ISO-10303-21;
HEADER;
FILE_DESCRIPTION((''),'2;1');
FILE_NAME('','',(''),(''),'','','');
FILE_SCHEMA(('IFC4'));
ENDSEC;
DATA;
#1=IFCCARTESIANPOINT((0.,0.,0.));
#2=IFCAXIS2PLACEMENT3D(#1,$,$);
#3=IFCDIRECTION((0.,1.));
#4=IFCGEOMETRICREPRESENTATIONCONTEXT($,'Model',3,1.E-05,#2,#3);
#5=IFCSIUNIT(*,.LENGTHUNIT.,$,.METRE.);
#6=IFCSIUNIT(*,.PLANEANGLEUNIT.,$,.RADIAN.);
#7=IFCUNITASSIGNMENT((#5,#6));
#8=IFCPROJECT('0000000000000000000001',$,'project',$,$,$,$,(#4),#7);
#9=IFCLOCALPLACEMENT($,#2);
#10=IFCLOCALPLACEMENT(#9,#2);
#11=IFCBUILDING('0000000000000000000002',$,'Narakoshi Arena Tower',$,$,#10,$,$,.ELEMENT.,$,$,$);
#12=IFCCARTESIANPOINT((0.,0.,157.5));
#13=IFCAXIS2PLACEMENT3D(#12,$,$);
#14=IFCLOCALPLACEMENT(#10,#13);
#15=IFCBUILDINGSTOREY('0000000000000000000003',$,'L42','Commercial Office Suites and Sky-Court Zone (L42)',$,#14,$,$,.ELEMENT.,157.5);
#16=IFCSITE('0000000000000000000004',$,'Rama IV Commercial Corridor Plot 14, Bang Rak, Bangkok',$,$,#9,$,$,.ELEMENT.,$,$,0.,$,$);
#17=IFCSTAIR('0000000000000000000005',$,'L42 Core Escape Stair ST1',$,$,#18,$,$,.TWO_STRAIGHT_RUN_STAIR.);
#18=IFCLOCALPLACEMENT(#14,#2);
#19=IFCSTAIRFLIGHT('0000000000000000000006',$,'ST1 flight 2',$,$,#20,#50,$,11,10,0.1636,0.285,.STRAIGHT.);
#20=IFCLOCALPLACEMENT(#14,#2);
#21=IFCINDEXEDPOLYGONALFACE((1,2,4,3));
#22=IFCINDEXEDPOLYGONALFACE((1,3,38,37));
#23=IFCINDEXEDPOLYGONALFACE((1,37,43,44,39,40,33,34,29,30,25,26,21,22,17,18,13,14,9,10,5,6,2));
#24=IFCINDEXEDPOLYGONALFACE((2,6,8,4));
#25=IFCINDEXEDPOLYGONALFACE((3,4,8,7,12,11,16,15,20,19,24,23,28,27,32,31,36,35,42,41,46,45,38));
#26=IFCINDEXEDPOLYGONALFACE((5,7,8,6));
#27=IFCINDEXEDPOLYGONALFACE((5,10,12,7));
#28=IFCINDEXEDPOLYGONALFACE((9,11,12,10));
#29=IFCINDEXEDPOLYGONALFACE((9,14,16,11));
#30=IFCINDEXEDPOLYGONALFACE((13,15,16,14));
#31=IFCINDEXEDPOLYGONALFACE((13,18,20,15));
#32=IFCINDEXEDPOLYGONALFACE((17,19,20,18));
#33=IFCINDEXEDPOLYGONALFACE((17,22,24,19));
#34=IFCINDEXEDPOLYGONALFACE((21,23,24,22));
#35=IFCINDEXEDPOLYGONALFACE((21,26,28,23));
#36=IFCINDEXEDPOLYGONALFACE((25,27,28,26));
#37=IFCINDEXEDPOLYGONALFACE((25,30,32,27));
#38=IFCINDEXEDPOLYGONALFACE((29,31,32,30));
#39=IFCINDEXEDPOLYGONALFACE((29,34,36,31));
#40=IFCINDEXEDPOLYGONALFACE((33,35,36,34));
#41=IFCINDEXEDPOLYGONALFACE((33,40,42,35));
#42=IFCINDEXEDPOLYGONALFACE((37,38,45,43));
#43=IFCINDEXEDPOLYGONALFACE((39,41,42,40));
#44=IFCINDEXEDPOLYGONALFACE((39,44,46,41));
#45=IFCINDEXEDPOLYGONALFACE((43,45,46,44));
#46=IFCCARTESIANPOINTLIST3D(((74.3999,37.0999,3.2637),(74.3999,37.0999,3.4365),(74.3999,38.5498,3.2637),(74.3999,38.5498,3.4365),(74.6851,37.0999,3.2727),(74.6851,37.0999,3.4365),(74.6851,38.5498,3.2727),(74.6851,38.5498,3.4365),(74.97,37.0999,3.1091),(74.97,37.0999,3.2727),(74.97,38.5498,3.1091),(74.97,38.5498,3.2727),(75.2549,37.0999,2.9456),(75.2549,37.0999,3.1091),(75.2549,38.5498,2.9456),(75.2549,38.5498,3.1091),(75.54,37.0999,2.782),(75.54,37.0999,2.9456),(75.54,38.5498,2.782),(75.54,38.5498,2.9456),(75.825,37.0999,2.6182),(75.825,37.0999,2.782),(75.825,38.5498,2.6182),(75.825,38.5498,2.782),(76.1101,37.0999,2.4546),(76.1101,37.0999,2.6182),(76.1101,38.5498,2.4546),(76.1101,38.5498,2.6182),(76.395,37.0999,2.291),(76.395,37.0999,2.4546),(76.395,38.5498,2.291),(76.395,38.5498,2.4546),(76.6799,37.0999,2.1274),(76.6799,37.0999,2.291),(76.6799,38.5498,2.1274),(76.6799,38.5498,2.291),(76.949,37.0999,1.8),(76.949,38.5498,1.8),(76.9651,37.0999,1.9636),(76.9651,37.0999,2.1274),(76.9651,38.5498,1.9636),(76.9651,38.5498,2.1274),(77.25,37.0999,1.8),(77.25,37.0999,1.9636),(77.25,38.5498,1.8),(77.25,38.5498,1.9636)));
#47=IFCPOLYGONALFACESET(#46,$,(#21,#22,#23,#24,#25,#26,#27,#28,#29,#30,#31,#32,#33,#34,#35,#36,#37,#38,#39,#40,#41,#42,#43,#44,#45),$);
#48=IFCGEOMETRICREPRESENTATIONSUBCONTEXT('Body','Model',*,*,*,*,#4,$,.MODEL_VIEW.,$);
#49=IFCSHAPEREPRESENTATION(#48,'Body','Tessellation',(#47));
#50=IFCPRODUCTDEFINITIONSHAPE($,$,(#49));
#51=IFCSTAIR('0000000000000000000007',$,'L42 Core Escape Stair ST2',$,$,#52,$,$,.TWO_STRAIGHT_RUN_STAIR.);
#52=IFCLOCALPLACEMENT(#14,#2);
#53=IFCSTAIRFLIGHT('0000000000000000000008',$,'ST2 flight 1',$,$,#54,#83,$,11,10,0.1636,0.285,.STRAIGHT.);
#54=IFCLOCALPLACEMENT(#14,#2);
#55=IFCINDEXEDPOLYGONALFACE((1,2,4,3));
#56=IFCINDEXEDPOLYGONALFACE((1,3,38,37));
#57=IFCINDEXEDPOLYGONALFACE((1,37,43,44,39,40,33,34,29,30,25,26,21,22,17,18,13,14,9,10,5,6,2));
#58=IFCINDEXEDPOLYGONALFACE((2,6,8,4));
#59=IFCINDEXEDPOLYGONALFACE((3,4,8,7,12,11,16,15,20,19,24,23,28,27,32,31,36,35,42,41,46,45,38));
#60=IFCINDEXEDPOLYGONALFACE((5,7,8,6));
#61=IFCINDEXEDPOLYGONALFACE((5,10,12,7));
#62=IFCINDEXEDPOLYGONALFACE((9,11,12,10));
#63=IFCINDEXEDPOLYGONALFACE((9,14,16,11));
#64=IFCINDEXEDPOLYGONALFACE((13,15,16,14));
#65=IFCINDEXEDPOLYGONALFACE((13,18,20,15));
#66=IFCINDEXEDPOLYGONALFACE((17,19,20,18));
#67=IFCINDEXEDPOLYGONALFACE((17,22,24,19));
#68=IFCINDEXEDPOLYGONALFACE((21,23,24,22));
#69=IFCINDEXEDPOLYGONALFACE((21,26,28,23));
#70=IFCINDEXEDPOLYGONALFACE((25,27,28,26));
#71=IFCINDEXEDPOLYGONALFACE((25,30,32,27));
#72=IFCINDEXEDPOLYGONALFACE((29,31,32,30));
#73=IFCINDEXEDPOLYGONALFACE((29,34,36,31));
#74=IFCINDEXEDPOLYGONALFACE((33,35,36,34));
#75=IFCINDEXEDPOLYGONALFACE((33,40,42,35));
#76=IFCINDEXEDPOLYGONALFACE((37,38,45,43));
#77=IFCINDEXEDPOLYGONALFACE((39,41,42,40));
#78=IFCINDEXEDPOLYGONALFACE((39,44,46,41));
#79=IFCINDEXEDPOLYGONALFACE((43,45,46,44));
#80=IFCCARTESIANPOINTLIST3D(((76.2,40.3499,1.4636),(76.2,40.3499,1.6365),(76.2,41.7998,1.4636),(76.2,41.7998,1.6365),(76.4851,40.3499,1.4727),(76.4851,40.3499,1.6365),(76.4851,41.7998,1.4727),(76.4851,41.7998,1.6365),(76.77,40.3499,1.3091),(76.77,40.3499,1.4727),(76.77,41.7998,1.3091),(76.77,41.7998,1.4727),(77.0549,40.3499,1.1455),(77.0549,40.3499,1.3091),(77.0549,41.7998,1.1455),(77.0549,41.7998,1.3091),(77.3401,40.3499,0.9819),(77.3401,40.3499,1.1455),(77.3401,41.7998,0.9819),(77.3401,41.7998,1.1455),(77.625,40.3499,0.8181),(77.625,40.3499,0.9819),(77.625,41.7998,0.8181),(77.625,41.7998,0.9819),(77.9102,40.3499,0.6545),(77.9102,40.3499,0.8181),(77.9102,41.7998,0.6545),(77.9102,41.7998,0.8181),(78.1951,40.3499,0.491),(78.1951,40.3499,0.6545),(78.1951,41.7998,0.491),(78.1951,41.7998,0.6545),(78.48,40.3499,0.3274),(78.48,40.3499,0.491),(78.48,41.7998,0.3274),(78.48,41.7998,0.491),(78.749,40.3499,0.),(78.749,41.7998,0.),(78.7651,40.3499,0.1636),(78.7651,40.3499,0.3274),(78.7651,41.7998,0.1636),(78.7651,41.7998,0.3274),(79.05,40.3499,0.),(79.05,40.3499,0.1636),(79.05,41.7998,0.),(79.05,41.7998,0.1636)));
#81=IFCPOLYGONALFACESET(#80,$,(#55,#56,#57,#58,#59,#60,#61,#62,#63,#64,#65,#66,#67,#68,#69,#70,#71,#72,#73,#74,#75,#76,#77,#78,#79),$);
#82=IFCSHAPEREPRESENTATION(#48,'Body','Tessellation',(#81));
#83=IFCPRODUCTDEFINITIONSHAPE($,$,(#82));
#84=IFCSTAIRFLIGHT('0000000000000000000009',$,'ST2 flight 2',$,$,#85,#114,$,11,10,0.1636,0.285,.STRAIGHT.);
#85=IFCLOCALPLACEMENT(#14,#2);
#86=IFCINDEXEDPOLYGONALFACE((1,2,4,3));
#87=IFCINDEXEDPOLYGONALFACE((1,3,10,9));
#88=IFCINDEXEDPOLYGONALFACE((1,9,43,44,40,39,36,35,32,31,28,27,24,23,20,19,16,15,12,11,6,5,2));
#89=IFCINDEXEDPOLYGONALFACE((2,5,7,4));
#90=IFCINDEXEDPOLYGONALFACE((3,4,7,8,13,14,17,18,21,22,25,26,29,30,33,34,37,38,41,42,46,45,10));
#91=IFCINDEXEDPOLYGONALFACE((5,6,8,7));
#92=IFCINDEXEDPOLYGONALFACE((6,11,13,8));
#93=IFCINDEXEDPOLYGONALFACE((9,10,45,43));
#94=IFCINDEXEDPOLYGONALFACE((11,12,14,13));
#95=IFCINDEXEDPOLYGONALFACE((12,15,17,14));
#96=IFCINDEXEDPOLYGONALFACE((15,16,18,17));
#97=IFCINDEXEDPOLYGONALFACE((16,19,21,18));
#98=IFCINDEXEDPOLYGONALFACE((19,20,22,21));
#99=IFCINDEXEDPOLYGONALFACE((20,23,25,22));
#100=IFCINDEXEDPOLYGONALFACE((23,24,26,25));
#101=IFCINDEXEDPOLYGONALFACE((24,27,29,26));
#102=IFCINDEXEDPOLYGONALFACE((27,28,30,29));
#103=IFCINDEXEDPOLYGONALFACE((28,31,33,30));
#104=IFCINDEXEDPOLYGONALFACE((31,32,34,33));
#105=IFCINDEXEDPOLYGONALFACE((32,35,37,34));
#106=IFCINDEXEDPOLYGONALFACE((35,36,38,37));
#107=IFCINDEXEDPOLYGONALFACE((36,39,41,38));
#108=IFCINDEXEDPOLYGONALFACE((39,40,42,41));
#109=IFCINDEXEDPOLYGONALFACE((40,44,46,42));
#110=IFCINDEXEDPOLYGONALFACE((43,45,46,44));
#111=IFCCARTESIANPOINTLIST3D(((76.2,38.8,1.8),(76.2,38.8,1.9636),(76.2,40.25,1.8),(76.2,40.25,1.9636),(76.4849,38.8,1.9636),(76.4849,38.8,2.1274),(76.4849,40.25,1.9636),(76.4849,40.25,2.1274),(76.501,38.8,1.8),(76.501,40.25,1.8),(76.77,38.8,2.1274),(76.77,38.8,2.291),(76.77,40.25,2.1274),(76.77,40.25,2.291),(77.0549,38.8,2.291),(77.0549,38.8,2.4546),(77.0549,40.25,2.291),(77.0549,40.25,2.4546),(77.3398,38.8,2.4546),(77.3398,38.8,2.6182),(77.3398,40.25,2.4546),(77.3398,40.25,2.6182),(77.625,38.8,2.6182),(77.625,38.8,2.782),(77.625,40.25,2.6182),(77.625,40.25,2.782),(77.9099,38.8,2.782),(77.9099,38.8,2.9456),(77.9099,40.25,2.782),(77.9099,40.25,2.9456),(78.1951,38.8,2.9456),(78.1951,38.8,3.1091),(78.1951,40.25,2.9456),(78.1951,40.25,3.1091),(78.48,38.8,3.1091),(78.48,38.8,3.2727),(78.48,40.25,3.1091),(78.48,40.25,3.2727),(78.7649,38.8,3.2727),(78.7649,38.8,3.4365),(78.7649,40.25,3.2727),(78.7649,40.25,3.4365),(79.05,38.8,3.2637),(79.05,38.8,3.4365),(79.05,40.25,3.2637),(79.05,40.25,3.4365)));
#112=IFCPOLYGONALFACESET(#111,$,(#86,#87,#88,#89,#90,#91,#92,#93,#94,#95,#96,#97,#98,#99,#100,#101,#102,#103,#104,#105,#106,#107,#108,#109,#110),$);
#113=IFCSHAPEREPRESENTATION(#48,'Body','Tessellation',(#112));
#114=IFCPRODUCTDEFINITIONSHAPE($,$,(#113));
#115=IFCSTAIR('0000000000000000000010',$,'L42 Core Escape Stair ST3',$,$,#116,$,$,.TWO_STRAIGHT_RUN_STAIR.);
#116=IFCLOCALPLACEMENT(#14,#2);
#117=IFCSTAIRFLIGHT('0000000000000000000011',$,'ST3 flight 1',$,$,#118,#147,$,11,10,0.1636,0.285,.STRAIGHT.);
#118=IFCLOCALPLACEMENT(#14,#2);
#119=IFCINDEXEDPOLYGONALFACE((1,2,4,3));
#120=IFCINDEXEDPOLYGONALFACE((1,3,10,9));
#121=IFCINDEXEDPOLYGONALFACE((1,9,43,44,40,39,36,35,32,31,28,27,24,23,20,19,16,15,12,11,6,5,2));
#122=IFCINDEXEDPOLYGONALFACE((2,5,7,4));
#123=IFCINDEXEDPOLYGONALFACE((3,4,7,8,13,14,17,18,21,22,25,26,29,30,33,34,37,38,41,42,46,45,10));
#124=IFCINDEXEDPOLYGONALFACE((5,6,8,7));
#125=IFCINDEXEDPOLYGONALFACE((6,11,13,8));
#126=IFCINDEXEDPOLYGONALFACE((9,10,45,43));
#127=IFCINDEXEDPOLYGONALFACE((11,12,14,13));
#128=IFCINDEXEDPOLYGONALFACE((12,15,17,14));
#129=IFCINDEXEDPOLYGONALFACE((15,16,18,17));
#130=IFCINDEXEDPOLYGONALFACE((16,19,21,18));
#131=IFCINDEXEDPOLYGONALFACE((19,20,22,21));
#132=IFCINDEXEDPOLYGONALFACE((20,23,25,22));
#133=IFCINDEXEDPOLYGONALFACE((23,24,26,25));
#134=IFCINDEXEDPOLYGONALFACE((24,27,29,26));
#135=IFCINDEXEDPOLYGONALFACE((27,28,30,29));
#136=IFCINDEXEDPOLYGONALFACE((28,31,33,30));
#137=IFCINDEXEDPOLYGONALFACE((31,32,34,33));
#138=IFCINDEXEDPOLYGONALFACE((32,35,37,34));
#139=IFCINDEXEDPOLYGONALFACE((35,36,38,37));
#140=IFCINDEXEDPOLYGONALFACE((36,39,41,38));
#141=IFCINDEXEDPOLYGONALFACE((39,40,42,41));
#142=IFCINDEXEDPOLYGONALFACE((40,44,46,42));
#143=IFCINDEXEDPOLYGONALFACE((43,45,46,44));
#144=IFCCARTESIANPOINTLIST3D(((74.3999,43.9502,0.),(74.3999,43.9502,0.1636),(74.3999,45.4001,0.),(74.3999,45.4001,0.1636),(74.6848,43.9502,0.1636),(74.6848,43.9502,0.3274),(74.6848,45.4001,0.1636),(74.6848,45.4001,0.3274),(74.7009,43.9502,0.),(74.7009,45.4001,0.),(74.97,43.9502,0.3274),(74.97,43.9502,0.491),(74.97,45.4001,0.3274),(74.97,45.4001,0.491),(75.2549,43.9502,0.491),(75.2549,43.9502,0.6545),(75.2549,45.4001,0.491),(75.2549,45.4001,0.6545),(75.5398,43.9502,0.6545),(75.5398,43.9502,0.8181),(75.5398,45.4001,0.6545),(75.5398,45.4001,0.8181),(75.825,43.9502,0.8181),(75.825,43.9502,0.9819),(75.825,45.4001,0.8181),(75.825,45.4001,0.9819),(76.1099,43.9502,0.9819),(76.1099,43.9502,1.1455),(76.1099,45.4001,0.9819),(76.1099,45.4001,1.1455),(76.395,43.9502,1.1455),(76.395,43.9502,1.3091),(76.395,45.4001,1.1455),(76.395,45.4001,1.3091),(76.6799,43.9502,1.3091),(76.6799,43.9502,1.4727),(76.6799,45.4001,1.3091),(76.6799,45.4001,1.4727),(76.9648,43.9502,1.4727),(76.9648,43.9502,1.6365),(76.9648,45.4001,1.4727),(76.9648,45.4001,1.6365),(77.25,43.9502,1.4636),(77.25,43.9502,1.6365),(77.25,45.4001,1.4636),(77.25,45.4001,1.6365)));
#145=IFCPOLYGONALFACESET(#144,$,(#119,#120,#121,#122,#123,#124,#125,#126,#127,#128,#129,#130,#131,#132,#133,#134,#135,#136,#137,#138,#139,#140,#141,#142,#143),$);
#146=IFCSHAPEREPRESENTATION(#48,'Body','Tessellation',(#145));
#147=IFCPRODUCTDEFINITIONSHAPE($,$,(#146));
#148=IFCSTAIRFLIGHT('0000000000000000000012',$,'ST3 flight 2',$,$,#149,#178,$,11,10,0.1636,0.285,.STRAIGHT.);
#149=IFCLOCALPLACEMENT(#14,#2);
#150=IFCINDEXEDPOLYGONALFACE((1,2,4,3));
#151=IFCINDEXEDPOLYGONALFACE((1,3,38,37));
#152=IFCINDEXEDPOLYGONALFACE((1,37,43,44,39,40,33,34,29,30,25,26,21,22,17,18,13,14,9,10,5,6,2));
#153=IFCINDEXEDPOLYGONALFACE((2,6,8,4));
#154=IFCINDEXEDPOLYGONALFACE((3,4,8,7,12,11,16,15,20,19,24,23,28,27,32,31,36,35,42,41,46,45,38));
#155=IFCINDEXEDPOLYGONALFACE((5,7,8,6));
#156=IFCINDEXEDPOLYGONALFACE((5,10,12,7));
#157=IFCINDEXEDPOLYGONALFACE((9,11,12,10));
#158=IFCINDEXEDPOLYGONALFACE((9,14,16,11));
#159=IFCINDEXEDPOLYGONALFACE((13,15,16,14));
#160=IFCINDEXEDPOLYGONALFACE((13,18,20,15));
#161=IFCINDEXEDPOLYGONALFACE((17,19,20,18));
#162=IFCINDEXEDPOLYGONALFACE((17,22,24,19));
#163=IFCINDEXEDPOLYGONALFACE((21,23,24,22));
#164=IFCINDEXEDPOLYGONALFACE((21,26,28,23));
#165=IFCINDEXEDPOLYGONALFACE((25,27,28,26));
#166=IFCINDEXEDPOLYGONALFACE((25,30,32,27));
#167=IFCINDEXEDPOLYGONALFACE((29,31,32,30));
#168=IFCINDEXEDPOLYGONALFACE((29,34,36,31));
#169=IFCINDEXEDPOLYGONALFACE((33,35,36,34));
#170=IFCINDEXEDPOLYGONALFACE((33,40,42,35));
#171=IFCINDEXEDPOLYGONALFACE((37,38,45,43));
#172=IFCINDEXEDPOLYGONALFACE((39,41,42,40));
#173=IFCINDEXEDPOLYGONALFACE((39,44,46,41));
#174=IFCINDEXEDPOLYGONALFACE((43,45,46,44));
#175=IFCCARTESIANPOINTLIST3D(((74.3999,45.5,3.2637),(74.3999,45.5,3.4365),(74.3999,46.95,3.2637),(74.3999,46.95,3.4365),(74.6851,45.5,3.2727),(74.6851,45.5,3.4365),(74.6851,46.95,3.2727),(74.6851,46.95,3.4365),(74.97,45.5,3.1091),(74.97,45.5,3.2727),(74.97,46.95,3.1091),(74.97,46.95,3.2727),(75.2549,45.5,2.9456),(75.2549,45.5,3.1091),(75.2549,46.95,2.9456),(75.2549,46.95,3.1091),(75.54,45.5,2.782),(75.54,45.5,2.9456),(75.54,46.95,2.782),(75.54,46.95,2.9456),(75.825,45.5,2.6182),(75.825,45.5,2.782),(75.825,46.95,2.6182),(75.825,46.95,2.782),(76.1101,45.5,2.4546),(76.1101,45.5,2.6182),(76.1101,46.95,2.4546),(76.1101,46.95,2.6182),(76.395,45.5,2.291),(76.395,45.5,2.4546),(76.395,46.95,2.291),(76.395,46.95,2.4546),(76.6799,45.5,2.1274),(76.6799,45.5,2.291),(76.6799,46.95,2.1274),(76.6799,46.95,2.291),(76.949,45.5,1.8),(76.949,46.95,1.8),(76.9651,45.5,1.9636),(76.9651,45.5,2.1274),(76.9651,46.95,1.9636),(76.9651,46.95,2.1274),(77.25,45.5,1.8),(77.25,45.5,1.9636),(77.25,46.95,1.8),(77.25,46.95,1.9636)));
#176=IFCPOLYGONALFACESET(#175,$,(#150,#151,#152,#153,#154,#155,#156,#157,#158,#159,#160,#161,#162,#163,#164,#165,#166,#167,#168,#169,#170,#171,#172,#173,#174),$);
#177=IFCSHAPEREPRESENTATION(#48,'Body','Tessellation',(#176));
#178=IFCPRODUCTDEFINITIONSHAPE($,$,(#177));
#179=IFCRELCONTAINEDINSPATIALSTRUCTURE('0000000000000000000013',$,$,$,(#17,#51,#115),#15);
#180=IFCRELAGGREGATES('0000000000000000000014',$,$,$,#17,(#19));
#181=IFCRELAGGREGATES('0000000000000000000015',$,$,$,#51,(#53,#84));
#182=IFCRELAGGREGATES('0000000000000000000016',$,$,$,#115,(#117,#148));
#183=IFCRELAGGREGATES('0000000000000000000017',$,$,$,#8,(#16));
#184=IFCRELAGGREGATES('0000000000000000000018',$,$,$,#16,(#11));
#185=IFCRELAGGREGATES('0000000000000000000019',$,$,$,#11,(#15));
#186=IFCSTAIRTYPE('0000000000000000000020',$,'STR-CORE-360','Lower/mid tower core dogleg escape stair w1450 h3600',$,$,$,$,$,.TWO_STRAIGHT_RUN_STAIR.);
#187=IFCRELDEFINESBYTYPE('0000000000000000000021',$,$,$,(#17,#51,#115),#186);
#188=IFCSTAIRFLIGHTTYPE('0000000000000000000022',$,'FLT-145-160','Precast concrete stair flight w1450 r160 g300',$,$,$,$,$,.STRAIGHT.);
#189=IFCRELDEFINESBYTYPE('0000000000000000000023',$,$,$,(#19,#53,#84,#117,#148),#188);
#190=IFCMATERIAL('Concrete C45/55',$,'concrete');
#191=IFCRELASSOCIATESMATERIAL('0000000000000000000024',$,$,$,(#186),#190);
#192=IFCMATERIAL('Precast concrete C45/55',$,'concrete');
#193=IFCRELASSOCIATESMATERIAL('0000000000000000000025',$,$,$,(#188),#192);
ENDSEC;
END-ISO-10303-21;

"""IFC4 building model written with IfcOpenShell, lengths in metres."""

from ifc_helpers import new_model, si_unit, direction, frame, origin, place, context, subcontext, project, spatial, polyline, outline, extrude, material, type_object, element, aggregate, save


model = new_model("IFC4")

# Units and contexts
model_context = context("Model", 3, precision=1e-05, world=origin(), true_north=direction((0.0, 1.0)))
body_context = subcontext(model_context, "Body", "Model", "MODEL_VIEW")
ifc_project = project(units=[si_unit("LENGTHUNIT", "METRE"), si_unit("PLANEANGLEUNIT", "RADIAN")], contexts=[model_context])

# Site, building, storey
site_placement = place(None, origin())
site = spatial("IfcSite", under=ifc_project, at=site_placement, Name="Rama IV Commercial Corridor Plot 14, Bang Rak, Bangkok", CompositionType="ELEMENT", RefElevation=0.0)
building_placement = place(site_placement, origin())
building = spatial("IfcBuilding", under=site, at=building_placement, Name="Narakoshi Arena Tower", CompositionType="ELEMENT")
storey_placement = place(building_placement, frame((0.0, 0.0, 157.5)))
storey = spatial("IfcBuildingStorey", under=building, at=storey_placement, Name="L42", Description="Commercial Office Suites and Sky-Court Zone (L42)", CompositionType="ELEMENT", Elevation=157.5)

# Stairs, stair flights
ifc_material_1 = material(Name="Concrete C45/55", Category="concrete")
stair_type = type_object("IfcStairType", Name="STR-CORE-360", Description="Lower/mid tower core dogleg escape stair w1450 h3600", PredefinedType="TWO_STRAIGHT_RUN_STAIR", material=ifc_material_1)
stair_1_placement = place(storey_placement, origin())
stair_1 = element("IfcStair", 1, at=stair_1_placement, inside=storey, type_object=stair_type, Name="L42 Core Escape Stair ST1", PredefinedType="TWO_STRAIGHT_RUN_STAIR")
ifc_material_2 = material(Name="Precast concrete C45/55", Category="concrete")
stair_flight_type = type_object("IfcStairFlightType", Name="FLT-145-160", Description="Precast concrete stair flight w1450 r160 g300", PredefinedType="STRAIGHT", material=ifc_material_2)
stair_flight_1_placement = place(storey_placement, frame((77.25, 37.825, 1.8), z_axis=(0.0, 0.0, 1.0), x_axis=(-1.0, 0.0, 0.0)))
stair_flight_1 = element("IfcStairFlight", 2, at=stair_flight_1_placement, type_object=stair_flight_type, Name="ST1 flight 2", NumberOfRisers=11, NumberOfTreads=10, PredefinedType="STRAIGHT", RiserHeight=0.1636, TreadLength=0.285, context=body_context, shape_type="SweptSolid", body=[
    extrude(outline(polyline([(0.0, 0.0), (0.0, 0.1636), (0.2849, 0.1636), (0.2849, 0.3274), (0.5701, 0.3274), (0.5701, 0.491), (0.855, 0.491), (0.855, 0.6545), (1.1399, 0.6545), (1.1399, 0.8181), (1.425, 0.8181), (1.425, 0.9819), (1.71, 0.9819), (1.71, 1.1455), (1.9951, 1.1455), (1.9951, 1.3091), (2.28, 1.3091), (2.28, 1.4727), (2.5649, 1.4727), (2.5649, 1.6365), (2.8501, 1.6365), (2.8501, 1.8), (2.8501, 1.4636), (0.301, 0.0), (0.0, 0.0)])), frame((0.0, 0.7251, 0.0), z_axis=(0.0, -1.0, 0.0), x_axis=(1.0, 0.0, 0.0)), (0.0, 0.0, 1.0), 1.45),
])
aggregate(stair_1, [stair_flight_1])
stair_2_placement = place(storey_placement, origin())
stair_2 = element("IfcStair", 3, at=stair_2_placement, inside=storey, type_object=stair_type, Name="L42 Core Escape Stair ST2", PredefinedType="TWO_STRAIGHT_RUN_STAIR")
stair_flight_2_placement = place(storey_placement, frame((79.05, 41.075, 0.0), z_axis=(0.0, 0.0, 1.0), x_axis=(-1.0, 0.0, 0.0)))
stair_flight_2 = element("IfcStairFlight", 4, at=stair_flight_2_placement, type_object=stair_flight_type, Name="ST2 flight 1", NumberOfRisers=11, NumberOfTreads=10, PredefinedType="STRAIGHT", RiserHeight=0.1636, TreadLength=0.285, context=body_context, shape_type="SweptSolid", body=[
    extrude(outline(polyline([(0.0, 0.0), (0.0, 0.1636), (0.2849, 0.1636), (0.2849, 0.3274), (0.5701, 0.3274), (0.5701, 0.491), (0.855, 0.491), (0.855, 0.6545), (1.1399, 0.6545), (1.1399, 0.8181), (1.425, 0.8181), (1.425, 0.9819), (1.71, 0.9819), (1.71, 1.1455), (1.9951, 1.1455), (1.9951, 1.3091), (2.28, 1.3091), (2.28, 1.4727), (2.5649, 1.4727), (2.5649, 1.6365), (2.8501, 1.6365), (2.8501, 1.8), (2.8501, 1.4636), (0.301, 0.0), (0.0, 0.0)])), frame((0.0, 0.7251, 0.0), z_axis=(0.0, -1.0, 0.0), x_axis=(1.0, 0.0, 0.0)), (0.0, 0.0, 1.0), 1.45),
])
stair_flight_3_placement = place(storey_placement, frame((76.2, 39.5249, 1.8), z_axis=(0.0, 0.0, 1.0), x_axis=(1.0, 0.0, 0.0)))
stair_flight_3 = element("IfcStairFlight", 5, at=stair_flight_3_placement, type_object=stair_flight_type, Name="ST2 flight 2", NumberOfRisers=11, NumberOfTreads=10, PredefinedType="STRAIGHT", RiserHeight=0.1636, TreadLength=0.285, context=body_context, shape_type="SweptSolid", body=[
    extrude(outline(polyline([(0.0, 0.0), (0.0, 0.1636), (0.2849, 0.1636), (0.2849, 0.3274), (0.5701, 0.3274), (0.5701, 0.491), (0.855, 0.491), (0.855, 0.6545), (1.1399, 0.6545), (1.1399, 0.8181), (1.425, 0.8181), (1.425, 0.9819), (1.71, 0.9819), (1.71, 1.1455), (1.9951, 1.1455), (1.9951, 1.3091), (2.28, 1.3091), (2.28, 1.4727), (2.5649, 1.4727), (2.5649, 1.6365), (2.8501, 1.6365), (2.8501, 1.8), (2.8501, 1.4636), (0.301, 0.0), (0.0, 0.0)])), frame((0.0, 0.7251, 0.0), z_axis=(0.0, -1.0, 0.0), x_axis=(1.0, 0.0, 0.0)), (0.0, 0.0, 1.0), 1.45),
])
aggregate(stair_2, [stair_flight_2, stair_flight_3])
stair_3_placement = place(storey_placement, origin())
stair_3 = element("IfcStair", 6, at=stair_3_placement, inside=storey, type_object=stair_type, Name="L42 Core Escape Stair ST3", PredefinedType="TWO_STRAIGHT_RUN_STAIR")
stair_flight_4_placement = place(storey_placement, frame((74.3999, 44.675, 0.0), z_axis=(0.0, 0.0, 1.0), x_axis=(1.0, 0.0, 0.0)))
stair_flight_4 = element("IfcStairFlight", 7, at=stair_flight_4_placement, type_object=stair_flight_type, Name="ST3 flight 1", NumberOfRisers=11, NumberOfTreads=10, PredefinedType="STRAIGHT", RiserHeight=0.1636, TreadLength=0.285, context=body_context, shape_type="SweptSolid", body=[
    extrude(outline(polyline([(0.0, 0.0), (0.0, 0.1636), (0.2849, 0.1636), (0.2849, 0.3274), (0.5701, 0.3274), (0.5701, 0.491), (0.855, 0.491), (0.855, 0.6545), (1.1399, 0.6545), (1.1399, 0.8181), (1.425, 0.8181), (1.425, 0.9819), (1.71, 0.9819), (1.71, 1.1455), (1.9951, 1.1455), (1.9951, 1.3091), (2.28, 1.3091), (2.28, 1.4727), (2.5649, 1.4727), (2.5649, 1.6365), (2.8501, 1.6365), (2.8501, 1.8), (2.8501, 1.4636), (0.301, 0.0), (0.0, 0.0)])), frame((0.0, 0.7251, 0.0), z_axis=(0.0, -1.0, 0.0), x_axis=(1.0, 0.0, 0.0)), (0.0, 0.0, 1.0), 1.45),
])
stair_flight_5_placement = place(storey_placement, frame((77.25, 46.2251, 1.8), z_axis=(0.0, 0.0, 1.0), x_axis=(-1.0, 0.0, 0.0)))
stair_flight_5 = element("IfcStairFlight", 8, at=stair_flight_5_placement, type_object=stair_flight_type, Name="ST3 flight 2", NumberOfRisers=11, NumberOfTreads=10, PredefinedType="STRAIGHT", RiserHeight=0.1636, TreadLength=0.285, context=body_context, shape_type="SweptSolid", body=[
    extrude(outline(polyline([(0.0, 0.0), (0.0, 0.1636), (0.2849, 0.1636), (0.2849, 0.3274), (0.5701, 0.3274), (0.5701, 0.491), (0.855, 0.491), (0.855, 0.6545), (1.1399, 0.6545), (1.1399, 0.8181), (1.425, 0.8181), (1.425, 0.9819), (1.71, 0.9819), (1.71, 1.1455), (1.9951, 1.1455), (1.9951, 1.3091), (2.28, 1.3091), (2.28, 1.4727), (2.5649, 1.4727), (2.5649, 1.6365), (2.8501, 1.6365), (2.8501, 1.8), (2.8501, 1.4636), (0.301, 0.0), (0.0, 0.0)])), frame((0.0, 0.7251, 0.0), z_axis=(0.0, -1.0, 0.0), x_axis=(1.0, 0.0, 0.0)), (0.0, 0.0, 1.0), 1.45),
])
aggregate(stair_3, [stair_flight_4, stair_flight_5])

save(model, "model.ifc")
